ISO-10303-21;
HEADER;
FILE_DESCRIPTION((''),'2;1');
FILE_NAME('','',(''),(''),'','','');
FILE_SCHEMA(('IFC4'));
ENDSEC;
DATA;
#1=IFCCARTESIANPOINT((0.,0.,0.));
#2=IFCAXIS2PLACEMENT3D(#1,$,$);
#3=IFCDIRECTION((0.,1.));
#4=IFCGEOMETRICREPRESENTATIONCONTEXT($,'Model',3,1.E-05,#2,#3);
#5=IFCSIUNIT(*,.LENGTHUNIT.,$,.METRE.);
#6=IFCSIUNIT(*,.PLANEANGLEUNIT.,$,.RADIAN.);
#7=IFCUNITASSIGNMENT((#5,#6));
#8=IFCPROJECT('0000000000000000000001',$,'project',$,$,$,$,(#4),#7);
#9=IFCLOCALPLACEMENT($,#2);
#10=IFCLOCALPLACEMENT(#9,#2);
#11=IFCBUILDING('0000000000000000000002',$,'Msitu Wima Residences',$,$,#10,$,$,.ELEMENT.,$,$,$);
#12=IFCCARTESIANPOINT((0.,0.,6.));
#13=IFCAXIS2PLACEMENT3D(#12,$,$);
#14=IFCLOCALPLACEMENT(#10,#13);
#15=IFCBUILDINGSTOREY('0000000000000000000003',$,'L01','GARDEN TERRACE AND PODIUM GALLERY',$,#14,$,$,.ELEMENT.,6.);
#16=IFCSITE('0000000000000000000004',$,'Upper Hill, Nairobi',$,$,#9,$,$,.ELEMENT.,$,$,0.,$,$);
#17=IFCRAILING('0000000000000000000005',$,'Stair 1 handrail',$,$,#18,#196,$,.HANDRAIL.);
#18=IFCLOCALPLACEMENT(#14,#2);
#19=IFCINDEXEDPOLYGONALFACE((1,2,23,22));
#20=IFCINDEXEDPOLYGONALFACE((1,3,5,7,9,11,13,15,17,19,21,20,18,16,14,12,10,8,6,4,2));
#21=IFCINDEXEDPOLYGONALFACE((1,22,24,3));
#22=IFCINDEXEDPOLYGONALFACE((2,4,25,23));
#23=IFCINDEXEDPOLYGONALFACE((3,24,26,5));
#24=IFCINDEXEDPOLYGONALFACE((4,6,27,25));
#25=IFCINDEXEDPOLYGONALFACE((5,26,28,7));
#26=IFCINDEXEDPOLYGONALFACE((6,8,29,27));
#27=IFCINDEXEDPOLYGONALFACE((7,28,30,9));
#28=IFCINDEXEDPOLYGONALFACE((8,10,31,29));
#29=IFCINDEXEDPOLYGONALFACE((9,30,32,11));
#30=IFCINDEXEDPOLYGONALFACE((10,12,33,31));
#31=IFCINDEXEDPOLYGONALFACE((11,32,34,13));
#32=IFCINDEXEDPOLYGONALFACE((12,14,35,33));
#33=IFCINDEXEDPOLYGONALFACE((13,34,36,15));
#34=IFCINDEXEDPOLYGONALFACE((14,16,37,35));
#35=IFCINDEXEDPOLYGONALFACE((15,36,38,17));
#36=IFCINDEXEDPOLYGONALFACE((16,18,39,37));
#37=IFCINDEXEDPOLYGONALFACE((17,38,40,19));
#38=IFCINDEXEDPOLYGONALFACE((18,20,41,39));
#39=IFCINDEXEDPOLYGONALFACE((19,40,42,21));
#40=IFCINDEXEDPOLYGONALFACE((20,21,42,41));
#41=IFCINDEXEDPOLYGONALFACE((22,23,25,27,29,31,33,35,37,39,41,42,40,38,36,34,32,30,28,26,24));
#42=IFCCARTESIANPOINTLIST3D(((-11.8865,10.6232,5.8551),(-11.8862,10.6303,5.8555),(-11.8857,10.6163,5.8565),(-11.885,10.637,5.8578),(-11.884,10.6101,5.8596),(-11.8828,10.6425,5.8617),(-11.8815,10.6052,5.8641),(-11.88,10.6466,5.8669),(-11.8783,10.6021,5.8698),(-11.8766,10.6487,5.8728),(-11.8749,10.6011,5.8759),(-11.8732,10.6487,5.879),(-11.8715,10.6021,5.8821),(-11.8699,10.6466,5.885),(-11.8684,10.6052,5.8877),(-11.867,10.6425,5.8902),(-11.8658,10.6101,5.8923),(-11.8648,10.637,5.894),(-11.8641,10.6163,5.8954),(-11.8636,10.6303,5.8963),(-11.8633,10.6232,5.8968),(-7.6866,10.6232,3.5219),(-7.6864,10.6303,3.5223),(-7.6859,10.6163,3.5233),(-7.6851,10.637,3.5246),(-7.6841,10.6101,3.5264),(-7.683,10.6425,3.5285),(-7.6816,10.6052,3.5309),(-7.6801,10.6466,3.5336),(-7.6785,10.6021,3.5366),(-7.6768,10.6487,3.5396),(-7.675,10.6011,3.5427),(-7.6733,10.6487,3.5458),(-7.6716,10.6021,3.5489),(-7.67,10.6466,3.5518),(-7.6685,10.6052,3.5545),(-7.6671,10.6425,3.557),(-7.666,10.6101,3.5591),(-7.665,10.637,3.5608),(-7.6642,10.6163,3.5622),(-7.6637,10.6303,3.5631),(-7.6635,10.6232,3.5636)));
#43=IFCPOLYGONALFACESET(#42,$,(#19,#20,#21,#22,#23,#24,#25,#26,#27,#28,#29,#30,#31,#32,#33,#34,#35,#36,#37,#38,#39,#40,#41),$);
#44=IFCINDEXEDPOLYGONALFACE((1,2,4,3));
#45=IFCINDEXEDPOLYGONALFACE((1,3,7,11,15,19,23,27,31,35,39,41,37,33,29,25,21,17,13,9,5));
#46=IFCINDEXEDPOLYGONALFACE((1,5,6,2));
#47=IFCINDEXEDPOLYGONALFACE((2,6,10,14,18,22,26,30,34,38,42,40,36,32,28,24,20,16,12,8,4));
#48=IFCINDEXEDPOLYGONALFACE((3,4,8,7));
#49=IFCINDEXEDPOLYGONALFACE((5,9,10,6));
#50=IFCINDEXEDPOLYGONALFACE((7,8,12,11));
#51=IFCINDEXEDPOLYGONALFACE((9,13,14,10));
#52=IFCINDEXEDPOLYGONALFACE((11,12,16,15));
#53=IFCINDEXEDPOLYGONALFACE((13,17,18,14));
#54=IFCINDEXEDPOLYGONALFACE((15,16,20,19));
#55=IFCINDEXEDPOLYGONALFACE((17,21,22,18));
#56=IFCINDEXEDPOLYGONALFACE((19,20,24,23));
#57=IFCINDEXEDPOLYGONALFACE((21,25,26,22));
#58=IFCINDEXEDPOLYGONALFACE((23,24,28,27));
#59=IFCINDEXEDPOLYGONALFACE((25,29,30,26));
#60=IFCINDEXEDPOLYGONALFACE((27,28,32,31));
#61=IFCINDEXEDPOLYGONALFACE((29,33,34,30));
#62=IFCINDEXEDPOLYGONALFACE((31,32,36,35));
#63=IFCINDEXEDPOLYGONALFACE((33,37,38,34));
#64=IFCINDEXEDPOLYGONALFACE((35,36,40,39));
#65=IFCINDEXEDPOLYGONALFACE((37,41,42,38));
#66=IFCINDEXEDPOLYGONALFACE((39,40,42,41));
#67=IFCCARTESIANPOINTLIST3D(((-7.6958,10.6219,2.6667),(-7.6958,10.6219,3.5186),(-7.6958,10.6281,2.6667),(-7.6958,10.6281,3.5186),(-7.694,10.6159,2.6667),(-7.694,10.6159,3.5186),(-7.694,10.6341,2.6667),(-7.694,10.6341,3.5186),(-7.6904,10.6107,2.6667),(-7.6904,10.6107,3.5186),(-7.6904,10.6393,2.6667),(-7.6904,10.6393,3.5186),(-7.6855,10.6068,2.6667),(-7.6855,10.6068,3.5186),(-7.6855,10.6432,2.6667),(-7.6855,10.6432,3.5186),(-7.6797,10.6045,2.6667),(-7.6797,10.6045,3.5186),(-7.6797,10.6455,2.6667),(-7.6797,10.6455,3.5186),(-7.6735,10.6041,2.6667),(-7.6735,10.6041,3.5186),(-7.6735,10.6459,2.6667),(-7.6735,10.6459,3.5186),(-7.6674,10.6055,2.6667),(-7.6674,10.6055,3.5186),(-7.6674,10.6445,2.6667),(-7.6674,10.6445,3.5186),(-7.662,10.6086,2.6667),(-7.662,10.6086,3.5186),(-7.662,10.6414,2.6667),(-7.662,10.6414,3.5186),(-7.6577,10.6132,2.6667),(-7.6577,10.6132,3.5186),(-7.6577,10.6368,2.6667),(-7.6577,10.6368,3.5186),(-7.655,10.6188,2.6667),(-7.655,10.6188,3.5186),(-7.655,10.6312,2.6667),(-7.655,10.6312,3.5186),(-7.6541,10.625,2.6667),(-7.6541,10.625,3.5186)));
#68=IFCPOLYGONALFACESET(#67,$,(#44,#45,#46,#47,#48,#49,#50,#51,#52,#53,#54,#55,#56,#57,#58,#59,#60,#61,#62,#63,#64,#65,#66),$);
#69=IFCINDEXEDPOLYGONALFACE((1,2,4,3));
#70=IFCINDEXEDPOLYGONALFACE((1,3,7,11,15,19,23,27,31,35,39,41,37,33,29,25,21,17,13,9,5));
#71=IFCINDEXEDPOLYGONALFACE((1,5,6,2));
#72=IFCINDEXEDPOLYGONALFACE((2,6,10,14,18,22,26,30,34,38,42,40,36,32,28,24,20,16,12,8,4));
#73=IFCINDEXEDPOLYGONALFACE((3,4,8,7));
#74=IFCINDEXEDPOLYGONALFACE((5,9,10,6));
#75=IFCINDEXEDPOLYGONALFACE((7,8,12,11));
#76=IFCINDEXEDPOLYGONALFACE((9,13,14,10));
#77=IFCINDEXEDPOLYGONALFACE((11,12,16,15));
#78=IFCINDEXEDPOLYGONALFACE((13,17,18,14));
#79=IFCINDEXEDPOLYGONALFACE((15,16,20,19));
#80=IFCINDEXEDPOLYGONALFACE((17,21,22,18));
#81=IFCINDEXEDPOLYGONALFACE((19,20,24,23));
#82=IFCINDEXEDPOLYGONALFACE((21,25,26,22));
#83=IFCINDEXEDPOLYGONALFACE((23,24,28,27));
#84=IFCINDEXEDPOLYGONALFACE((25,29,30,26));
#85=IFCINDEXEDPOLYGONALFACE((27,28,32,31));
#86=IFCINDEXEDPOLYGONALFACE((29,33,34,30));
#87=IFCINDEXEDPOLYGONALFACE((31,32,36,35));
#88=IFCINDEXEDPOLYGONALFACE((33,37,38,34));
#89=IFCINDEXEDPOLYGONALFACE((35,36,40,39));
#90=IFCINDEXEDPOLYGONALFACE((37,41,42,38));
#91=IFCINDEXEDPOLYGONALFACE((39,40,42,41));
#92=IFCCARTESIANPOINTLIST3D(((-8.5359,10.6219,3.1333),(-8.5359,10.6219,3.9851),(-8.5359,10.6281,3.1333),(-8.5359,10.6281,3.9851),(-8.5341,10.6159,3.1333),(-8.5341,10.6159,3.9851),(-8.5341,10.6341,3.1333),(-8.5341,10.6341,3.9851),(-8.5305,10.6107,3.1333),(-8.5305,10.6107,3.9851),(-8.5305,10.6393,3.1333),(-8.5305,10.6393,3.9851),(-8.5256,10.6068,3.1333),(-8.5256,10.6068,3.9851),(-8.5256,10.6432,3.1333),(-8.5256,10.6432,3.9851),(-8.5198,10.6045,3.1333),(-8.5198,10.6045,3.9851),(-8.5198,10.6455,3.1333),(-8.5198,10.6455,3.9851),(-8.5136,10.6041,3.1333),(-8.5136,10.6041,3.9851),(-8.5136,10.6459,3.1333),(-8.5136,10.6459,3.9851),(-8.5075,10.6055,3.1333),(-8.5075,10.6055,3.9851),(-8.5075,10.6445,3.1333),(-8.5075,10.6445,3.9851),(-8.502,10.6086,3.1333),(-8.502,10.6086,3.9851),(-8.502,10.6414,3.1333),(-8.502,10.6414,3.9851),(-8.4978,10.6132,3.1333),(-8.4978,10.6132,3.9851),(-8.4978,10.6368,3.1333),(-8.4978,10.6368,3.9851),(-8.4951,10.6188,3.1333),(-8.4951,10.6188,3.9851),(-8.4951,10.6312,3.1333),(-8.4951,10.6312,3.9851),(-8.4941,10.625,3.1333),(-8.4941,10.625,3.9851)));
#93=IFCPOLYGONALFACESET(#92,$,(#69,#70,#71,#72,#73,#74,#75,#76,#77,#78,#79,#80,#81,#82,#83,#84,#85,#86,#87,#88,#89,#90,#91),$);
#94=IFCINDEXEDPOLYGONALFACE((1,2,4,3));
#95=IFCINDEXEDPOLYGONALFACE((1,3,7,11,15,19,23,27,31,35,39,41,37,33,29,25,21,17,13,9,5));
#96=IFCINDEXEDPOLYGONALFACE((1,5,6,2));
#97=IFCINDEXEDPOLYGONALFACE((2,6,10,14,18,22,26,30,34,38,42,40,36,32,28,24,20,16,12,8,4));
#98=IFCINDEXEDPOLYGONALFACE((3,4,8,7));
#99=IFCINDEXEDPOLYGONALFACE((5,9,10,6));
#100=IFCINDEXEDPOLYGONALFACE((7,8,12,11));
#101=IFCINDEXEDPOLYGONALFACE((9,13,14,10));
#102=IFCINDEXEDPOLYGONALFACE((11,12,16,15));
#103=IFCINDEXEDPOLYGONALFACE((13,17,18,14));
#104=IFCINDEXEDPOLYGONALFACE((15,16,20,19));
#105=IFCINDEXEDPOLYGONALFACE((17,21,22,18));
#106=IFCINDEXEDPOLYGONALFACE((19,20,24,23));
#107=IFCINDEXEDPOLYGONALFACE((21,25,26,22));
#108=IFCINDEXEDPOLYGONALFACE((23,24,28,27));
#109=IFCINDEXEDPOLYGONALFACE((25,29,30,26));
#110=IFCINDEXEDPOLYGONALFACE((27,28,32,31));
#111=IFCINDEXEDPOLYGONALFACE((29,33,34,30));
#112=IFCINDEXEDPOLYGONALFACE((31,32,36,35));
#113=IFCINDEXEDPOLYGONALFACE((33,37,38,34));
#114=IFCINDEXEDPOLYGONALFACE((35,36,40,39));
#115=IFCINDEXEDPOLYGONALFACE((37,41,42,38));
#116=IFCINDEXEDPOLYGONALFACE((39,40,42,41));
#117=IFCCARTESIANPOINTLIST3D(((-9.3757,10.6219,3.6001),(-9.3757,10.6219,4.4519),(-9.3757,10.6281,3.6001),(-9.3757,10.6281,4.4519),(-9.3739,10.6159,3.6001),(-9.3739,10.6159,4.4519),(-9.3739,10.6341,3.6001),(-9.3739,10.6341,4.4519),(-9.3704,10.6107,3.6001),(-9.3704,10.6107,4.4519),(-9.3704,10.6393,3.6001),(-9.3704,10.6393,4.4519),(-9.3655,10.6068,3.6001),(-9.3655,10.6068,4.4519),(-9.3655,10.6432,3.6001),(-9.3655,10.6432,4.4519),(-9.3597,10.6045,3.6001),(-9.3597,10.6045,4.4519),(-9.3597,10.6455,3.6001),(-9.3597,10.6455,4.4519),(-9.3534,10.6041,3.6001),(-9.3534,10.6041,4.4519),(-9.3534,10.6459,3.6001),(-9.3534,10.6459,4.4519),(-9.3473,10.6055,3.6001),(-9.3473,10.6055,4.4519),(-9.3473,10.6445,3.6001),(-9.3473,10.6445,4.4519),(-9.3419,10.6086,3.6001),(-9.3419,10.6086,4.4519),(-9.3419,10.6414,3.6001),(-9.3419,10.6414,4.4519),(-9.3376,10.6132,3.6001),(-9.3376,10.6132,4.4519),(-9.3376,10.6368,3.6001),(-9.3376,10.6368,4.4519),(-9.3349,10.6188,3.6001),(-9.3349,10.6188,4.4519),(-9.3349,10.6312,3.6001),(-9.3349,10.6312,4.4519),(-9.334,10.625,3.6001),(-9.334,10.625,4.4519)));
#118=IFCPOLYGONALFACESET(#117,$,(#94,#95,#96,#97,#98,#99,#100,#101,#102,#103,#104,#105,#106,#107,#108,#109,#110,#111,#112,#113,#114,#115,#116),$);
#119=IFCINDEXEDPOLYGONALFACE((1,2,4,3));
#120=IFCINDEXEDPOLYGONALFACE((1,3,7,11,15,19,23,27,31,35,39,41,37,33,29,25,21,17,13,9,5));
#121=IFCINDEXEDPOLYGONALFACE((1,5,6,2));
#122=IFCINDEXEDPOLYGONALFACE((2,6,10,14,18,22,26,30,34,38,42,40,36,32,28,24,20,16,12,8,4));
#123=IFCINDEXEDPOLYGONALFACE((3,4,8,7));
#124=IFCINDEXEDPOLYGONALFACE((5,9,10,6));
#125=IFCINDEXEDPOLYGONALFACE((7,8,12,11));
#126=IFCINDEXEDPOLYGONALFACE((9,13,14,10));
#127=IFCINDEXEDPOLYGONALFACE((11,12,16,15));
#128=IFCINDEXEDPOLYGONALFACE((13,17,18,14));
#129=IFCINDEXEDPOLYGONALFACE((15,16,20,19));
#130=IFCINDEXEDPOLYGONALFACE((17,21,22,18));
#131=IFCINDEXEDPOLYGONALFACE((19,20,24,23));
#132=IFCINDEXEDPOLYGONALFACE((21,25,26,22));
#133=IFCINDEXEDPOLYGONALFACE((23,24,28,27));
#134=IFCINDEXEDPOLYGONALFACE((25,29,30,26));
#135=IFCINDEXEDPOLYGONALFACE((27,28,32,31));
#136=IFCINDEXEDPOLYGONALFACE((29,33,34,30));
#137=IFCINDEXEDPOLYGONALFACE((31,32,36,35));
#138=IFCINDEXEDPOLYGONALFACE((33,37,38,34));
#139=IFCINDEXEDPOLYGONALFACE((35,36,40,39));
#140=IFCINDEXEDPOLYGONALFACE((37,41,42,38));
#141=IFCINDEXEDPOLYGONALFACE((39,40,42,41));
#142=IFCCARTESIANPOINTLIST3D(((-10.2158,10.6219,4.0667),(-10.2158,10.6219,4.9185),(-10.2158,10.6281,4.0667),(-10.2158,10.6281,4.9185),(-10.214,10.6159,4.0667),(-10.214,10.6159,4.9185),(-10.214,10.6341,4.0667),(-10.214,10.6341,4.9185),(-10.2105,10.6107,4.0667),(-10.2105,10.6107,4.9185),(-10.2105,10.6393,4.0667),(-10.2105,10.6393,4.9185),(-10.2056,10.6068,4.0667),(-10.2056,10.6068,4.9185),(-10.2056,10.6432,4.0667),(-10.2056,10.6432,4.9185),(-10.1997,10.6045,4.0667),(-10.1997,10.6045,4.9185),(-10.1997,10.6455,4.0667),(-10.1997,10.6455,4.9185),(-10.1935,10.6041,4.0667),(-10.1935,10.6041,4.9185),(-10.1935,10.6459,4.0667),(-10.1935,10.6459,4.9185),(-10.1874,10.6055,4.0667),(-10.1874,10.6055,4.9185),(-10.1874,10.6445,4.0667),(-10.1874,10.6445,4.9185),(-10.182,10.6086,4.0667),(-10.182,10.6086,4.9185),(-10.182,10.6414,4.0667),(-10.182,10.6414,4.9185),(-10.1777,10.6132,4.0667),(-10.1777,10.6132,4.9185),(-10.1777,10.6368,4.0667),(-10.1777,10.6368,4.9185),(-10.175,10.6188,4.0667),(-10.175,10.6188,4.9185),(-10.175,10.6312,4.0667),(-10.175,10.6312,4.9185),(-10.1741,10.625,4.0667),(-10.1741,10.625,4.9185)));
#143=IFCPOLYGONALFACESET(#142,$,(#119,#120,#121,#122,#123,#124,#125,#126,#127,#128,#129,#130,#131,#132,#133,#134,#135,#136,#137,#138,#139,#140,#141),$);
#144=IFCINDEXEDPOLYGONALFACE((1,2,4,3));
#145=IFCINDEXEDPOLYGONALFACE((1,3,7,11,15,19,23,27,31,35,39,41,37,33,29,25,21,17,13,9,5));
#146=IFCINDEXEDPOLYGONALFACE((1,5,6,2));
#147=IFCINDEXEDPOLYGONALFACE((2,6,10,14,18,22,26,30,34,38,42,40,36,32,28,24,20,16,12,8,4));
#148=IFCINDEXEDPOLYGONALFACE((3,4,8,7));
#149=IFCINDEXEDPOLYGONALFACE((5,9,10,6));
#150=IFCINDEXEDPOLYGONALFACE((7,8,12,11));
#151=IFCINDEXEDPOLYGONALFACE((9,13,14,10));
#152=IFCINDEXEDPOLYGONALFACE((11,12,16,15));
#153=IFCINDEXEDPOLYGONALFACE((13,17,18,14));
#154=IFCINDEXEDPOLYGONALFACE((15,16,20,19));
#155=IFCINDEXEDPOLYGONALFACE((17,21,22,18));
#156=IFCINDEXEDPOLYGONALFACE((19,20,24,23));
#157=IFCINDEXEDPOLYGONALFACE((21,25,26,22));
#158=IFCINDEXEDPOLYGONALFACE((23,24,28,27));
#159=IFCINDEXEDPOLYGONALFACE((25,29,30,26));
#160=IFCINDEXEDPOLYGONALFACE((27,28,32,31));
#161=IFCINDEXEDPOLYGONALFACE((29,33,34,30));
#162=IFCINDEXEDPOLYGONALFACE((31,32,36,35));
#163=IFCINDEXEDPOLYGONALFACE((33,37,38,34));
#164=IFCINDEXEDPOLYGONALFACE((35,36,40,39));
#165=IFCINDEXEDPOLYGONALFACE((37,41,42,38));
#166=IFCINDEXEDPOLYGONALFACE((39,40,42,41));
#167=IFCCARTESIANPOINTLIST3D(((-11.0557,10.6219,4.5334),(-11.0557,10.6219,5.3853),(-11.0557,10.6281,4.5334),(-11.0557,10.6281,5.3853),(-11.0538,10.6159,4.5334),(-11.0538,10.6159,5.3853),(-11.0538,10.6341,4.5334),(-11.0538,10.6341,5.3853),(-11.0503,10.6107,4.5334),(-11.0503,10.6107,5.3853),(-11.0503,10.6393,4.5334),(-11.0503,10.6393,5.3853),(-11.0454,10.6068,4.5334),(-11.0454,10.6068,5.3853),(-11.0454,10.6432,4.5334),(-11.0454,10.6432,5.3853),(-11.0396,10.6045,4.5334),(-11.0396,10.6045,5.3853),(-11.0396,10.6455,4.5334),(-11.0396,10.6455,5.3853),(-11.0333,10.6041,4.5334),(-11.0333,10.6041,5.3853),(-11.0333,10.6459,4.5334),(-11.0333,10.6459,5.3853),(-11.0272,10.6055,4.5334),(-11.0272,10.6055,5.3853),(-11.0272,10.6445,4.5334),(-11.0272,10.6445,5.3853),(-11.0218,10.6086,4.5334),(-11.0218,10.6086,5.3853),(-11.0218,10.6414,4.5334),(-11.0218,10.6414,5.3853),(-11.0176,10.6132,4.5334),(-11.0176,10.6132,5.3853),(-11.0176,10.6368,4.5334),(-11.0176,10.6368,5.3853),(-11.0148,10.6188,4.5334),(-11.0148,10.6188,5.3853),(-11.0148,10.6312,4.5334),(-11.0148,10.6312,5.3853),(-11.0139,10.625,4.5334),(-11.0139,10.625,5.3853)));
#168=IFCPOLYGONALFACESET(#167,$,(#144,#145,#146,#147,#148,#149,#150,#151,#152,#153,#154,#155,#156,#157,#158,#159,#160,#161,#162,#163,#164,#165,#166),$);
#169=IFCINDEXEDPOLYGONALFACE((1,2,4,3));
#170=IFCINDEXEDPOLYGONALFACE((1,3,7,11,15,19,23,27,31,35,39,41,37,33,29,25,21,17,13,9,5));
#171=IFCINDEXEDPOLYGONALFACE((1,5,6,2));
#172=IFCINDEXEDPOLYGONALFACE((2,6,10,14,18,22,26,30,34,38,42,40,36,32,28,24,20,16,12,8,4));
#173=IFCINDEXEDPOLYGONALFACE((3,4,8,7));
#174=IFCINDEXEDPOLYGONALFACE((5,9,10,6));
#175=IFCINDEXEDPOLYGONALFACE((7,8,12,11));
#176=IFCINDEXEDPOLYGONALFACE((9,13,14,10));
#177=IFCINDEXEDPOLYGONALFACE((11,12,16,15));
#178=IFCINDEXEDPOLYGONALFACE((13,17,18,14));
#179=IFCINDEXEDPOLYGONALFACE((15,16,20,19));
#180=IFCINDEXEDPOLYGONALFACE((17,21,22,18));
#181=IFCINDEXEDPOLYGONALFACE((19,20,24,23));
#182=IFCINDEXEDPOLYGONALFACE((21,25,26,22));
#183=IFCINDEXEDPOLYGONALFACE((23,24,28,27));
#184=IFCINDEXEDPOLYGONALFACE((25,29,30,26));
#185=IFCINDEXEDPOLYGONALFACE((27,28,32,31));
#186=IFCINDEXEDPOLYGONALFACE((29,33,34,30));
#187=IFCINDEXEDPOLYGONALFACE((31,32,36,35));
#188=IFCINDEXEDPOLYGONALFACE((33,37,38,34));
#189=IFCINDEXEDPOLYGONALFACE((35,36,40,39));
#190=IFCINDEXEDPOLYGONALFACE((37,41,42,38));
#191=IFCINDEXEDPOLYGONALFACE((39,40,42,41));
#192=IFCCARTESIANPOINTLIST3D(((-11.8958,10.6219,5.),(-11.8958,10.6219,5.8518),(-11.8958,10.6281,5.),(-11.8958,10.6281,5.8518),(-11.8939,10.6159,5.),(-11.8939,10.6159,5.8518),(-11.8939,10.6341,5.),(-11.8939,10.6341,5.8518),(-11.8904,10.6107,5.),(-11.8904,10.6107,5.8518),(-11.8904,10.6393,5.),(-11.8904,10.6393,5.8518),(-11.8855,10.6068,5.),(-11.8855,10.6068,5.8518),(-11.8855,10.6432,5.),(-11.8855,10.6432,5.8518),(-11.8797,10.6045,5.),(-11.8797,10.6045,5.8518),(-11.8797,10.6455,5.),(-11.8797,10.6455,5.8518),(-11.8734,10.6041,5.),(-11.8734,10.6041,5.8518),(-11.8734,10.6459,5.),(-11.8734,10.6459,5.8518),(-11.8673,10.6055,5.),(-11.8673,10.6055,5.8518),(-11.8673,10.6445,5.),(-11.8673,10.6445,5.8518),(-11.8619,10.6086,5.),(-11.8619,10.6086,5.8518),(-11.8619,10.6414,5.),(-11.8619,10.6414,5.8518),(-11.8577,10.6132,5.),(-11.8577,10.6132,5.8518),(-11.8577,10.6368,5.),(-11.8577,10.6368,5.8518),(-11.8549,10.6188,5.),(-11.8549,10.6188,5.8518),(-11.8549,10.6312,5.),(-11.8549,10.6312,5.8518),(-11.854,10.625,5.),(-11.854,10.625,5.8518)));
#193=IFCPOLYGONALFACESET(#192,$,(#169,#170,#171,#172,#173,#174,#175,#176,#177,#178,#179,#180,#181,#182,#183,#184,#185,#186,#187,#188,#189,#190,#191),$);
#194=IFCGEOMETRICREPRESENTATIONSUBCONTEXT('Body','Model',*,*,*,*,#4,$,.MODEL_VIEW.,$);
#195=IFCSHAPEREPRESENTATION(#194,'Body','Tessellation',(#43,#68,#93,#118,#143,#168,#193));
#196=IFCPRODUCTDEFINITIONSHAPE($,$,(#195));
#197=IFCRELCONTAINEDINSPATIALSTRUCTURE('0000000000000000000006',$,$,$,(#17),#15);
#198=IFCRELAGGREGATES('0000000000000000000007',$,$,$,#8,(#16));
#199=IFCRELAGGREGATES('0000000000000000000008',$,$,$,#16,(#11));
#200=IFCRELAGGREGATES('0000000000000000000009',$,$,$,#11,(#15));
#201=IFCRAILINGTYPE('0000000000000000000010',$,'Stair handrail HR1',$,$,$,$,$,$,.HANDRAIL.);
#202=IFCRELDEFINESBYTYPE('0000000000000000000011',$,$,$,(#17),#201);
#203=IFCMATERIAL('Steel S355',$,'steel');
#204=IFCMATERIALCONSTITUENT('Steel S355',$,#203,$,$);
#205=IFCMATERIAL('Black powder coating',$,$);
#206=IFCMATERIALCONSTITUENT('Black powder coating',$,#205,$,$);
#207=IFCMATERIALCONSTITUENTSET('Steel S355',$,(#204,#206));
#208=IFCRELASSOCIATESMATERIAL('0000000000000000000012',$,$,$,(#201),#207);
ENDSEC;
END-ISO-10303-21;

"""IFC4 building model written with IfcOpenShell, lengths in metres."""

from ifc_helpers import new_model, si_unit, direction, frame, origin, origin_2d, place, context, subcontext, project, spatial, circle, extrude, material, constituent, constituent_set, type_object, element, save


model = new_model("IFC4")

# Units and contexts
model_context = context("Model", 3, precision=1e-05, world=origin(), true_north=direction((0.0, 1.0)))
body_context = subcontext(model_context, "Body", "Model", "MODEL_VIEW")
ifc_project = project(units=[si_unit("LENGTHUNIT", "METRE"), si_unit("PLANEANGLEUNIT", "RADIAN")], contexts=[model_context])

# Site, building, storey
site_placement = place(None, origin())
site = spatial("IfcSite", under=ifc_project, at=site_placement, Name="Upper Hill, Nairobi", CompositionType="ELEMENT", RefElevation=0.0)
building_placement = place(site_placement, origin())
building = spatial("IfcBuilding", under=site, at=building_placement, Name="Msitu Wima Residences", CompositionType="ELEMENT")
storey_placement = place(building_placement, frame((0.0, 0.0, 6.0)))
storey = spatial("IfcBuildingStorey", under=building, at=storey_placement, Name="L01", Description="GARDEN TERRACE AND PODIUM GALLERY", CompositionType="ELEMENT", Elevation=6.0)

# Railing
ifc_material_1 = material(Name="Steel S355", Category="steel")
ifc_constituent_1 = constituent(ifc_material_1, Name="Steel S355")
ifc_material_2 = material(Name="Black powder coating")
ifc_constituent_2 = constituent(ifc_material_2, Name="Black powder coating")
ifc_constituent_set = constituent_set(constituents=[ifc_constituent_1, ifc_constituent_2], Name="Steel S355")
railing_type = type_object("IfcRailingType", Name="Stair handrail HR1", PredefinedType="HANDRAIL", material=ifc_constituent_set)
for number, where, name in (
    (1, (-7.675, 10.625, 2.6667), "Stair 1 handrail"),
):
    element("IfcRailing", number, at=place(storey_placement, frame(where)), inside=storey, type_object=railing_type, Name=name, PredefinedType="HANDRAIL", context=body_context, shape_type="SweptSolid", body=[
        extrude(circle(Radius=0.0239, at=origin_2d()), frame((0.0, 0.0, 0.876), z_axis=(-0.874162, 0.0, 0.485634), x_axis=(0.0, -1.0, 0.0)), (0.0, 0.0, 1.0), 4.8044),
        extrude(circle(Radius=0.021, at=origin_2d()), origin(), (0.0, 0.0, 1.0), 0.8518),
        extrude(circle(Radius=0.021, at=origin_2d()), frame((-0.8401, 0.0, 0.4666)), (0.0, 0.0, 1.0), 0.8518),
        extrude(circle(Radius=0.021, at=origin_2d()), frame((-1.6799, 0.0, 0.9333)), (0.0, 0.0, 1.0), 0.8518),
        extrude(circle(Radius=0.021, at=origin_2d()), frame((-2.52, 0.0, 1.3999)), (0.0, 0.0, 1.0), 0.8518),
        extrude(circle(Radius=0.021, at=origin_2d()), frame((-3.3599, 0.0, 1.8667)), (0.0, 0.0, 1.0), 0.8518),
        extrude(circle(Radius=0.021, at=origin_2d()), frame((-4.2, 0.0, 2.3333)), (0.0, 0.0, 1.0), 0.8518),
    ])

save(model, "model.ifc")
